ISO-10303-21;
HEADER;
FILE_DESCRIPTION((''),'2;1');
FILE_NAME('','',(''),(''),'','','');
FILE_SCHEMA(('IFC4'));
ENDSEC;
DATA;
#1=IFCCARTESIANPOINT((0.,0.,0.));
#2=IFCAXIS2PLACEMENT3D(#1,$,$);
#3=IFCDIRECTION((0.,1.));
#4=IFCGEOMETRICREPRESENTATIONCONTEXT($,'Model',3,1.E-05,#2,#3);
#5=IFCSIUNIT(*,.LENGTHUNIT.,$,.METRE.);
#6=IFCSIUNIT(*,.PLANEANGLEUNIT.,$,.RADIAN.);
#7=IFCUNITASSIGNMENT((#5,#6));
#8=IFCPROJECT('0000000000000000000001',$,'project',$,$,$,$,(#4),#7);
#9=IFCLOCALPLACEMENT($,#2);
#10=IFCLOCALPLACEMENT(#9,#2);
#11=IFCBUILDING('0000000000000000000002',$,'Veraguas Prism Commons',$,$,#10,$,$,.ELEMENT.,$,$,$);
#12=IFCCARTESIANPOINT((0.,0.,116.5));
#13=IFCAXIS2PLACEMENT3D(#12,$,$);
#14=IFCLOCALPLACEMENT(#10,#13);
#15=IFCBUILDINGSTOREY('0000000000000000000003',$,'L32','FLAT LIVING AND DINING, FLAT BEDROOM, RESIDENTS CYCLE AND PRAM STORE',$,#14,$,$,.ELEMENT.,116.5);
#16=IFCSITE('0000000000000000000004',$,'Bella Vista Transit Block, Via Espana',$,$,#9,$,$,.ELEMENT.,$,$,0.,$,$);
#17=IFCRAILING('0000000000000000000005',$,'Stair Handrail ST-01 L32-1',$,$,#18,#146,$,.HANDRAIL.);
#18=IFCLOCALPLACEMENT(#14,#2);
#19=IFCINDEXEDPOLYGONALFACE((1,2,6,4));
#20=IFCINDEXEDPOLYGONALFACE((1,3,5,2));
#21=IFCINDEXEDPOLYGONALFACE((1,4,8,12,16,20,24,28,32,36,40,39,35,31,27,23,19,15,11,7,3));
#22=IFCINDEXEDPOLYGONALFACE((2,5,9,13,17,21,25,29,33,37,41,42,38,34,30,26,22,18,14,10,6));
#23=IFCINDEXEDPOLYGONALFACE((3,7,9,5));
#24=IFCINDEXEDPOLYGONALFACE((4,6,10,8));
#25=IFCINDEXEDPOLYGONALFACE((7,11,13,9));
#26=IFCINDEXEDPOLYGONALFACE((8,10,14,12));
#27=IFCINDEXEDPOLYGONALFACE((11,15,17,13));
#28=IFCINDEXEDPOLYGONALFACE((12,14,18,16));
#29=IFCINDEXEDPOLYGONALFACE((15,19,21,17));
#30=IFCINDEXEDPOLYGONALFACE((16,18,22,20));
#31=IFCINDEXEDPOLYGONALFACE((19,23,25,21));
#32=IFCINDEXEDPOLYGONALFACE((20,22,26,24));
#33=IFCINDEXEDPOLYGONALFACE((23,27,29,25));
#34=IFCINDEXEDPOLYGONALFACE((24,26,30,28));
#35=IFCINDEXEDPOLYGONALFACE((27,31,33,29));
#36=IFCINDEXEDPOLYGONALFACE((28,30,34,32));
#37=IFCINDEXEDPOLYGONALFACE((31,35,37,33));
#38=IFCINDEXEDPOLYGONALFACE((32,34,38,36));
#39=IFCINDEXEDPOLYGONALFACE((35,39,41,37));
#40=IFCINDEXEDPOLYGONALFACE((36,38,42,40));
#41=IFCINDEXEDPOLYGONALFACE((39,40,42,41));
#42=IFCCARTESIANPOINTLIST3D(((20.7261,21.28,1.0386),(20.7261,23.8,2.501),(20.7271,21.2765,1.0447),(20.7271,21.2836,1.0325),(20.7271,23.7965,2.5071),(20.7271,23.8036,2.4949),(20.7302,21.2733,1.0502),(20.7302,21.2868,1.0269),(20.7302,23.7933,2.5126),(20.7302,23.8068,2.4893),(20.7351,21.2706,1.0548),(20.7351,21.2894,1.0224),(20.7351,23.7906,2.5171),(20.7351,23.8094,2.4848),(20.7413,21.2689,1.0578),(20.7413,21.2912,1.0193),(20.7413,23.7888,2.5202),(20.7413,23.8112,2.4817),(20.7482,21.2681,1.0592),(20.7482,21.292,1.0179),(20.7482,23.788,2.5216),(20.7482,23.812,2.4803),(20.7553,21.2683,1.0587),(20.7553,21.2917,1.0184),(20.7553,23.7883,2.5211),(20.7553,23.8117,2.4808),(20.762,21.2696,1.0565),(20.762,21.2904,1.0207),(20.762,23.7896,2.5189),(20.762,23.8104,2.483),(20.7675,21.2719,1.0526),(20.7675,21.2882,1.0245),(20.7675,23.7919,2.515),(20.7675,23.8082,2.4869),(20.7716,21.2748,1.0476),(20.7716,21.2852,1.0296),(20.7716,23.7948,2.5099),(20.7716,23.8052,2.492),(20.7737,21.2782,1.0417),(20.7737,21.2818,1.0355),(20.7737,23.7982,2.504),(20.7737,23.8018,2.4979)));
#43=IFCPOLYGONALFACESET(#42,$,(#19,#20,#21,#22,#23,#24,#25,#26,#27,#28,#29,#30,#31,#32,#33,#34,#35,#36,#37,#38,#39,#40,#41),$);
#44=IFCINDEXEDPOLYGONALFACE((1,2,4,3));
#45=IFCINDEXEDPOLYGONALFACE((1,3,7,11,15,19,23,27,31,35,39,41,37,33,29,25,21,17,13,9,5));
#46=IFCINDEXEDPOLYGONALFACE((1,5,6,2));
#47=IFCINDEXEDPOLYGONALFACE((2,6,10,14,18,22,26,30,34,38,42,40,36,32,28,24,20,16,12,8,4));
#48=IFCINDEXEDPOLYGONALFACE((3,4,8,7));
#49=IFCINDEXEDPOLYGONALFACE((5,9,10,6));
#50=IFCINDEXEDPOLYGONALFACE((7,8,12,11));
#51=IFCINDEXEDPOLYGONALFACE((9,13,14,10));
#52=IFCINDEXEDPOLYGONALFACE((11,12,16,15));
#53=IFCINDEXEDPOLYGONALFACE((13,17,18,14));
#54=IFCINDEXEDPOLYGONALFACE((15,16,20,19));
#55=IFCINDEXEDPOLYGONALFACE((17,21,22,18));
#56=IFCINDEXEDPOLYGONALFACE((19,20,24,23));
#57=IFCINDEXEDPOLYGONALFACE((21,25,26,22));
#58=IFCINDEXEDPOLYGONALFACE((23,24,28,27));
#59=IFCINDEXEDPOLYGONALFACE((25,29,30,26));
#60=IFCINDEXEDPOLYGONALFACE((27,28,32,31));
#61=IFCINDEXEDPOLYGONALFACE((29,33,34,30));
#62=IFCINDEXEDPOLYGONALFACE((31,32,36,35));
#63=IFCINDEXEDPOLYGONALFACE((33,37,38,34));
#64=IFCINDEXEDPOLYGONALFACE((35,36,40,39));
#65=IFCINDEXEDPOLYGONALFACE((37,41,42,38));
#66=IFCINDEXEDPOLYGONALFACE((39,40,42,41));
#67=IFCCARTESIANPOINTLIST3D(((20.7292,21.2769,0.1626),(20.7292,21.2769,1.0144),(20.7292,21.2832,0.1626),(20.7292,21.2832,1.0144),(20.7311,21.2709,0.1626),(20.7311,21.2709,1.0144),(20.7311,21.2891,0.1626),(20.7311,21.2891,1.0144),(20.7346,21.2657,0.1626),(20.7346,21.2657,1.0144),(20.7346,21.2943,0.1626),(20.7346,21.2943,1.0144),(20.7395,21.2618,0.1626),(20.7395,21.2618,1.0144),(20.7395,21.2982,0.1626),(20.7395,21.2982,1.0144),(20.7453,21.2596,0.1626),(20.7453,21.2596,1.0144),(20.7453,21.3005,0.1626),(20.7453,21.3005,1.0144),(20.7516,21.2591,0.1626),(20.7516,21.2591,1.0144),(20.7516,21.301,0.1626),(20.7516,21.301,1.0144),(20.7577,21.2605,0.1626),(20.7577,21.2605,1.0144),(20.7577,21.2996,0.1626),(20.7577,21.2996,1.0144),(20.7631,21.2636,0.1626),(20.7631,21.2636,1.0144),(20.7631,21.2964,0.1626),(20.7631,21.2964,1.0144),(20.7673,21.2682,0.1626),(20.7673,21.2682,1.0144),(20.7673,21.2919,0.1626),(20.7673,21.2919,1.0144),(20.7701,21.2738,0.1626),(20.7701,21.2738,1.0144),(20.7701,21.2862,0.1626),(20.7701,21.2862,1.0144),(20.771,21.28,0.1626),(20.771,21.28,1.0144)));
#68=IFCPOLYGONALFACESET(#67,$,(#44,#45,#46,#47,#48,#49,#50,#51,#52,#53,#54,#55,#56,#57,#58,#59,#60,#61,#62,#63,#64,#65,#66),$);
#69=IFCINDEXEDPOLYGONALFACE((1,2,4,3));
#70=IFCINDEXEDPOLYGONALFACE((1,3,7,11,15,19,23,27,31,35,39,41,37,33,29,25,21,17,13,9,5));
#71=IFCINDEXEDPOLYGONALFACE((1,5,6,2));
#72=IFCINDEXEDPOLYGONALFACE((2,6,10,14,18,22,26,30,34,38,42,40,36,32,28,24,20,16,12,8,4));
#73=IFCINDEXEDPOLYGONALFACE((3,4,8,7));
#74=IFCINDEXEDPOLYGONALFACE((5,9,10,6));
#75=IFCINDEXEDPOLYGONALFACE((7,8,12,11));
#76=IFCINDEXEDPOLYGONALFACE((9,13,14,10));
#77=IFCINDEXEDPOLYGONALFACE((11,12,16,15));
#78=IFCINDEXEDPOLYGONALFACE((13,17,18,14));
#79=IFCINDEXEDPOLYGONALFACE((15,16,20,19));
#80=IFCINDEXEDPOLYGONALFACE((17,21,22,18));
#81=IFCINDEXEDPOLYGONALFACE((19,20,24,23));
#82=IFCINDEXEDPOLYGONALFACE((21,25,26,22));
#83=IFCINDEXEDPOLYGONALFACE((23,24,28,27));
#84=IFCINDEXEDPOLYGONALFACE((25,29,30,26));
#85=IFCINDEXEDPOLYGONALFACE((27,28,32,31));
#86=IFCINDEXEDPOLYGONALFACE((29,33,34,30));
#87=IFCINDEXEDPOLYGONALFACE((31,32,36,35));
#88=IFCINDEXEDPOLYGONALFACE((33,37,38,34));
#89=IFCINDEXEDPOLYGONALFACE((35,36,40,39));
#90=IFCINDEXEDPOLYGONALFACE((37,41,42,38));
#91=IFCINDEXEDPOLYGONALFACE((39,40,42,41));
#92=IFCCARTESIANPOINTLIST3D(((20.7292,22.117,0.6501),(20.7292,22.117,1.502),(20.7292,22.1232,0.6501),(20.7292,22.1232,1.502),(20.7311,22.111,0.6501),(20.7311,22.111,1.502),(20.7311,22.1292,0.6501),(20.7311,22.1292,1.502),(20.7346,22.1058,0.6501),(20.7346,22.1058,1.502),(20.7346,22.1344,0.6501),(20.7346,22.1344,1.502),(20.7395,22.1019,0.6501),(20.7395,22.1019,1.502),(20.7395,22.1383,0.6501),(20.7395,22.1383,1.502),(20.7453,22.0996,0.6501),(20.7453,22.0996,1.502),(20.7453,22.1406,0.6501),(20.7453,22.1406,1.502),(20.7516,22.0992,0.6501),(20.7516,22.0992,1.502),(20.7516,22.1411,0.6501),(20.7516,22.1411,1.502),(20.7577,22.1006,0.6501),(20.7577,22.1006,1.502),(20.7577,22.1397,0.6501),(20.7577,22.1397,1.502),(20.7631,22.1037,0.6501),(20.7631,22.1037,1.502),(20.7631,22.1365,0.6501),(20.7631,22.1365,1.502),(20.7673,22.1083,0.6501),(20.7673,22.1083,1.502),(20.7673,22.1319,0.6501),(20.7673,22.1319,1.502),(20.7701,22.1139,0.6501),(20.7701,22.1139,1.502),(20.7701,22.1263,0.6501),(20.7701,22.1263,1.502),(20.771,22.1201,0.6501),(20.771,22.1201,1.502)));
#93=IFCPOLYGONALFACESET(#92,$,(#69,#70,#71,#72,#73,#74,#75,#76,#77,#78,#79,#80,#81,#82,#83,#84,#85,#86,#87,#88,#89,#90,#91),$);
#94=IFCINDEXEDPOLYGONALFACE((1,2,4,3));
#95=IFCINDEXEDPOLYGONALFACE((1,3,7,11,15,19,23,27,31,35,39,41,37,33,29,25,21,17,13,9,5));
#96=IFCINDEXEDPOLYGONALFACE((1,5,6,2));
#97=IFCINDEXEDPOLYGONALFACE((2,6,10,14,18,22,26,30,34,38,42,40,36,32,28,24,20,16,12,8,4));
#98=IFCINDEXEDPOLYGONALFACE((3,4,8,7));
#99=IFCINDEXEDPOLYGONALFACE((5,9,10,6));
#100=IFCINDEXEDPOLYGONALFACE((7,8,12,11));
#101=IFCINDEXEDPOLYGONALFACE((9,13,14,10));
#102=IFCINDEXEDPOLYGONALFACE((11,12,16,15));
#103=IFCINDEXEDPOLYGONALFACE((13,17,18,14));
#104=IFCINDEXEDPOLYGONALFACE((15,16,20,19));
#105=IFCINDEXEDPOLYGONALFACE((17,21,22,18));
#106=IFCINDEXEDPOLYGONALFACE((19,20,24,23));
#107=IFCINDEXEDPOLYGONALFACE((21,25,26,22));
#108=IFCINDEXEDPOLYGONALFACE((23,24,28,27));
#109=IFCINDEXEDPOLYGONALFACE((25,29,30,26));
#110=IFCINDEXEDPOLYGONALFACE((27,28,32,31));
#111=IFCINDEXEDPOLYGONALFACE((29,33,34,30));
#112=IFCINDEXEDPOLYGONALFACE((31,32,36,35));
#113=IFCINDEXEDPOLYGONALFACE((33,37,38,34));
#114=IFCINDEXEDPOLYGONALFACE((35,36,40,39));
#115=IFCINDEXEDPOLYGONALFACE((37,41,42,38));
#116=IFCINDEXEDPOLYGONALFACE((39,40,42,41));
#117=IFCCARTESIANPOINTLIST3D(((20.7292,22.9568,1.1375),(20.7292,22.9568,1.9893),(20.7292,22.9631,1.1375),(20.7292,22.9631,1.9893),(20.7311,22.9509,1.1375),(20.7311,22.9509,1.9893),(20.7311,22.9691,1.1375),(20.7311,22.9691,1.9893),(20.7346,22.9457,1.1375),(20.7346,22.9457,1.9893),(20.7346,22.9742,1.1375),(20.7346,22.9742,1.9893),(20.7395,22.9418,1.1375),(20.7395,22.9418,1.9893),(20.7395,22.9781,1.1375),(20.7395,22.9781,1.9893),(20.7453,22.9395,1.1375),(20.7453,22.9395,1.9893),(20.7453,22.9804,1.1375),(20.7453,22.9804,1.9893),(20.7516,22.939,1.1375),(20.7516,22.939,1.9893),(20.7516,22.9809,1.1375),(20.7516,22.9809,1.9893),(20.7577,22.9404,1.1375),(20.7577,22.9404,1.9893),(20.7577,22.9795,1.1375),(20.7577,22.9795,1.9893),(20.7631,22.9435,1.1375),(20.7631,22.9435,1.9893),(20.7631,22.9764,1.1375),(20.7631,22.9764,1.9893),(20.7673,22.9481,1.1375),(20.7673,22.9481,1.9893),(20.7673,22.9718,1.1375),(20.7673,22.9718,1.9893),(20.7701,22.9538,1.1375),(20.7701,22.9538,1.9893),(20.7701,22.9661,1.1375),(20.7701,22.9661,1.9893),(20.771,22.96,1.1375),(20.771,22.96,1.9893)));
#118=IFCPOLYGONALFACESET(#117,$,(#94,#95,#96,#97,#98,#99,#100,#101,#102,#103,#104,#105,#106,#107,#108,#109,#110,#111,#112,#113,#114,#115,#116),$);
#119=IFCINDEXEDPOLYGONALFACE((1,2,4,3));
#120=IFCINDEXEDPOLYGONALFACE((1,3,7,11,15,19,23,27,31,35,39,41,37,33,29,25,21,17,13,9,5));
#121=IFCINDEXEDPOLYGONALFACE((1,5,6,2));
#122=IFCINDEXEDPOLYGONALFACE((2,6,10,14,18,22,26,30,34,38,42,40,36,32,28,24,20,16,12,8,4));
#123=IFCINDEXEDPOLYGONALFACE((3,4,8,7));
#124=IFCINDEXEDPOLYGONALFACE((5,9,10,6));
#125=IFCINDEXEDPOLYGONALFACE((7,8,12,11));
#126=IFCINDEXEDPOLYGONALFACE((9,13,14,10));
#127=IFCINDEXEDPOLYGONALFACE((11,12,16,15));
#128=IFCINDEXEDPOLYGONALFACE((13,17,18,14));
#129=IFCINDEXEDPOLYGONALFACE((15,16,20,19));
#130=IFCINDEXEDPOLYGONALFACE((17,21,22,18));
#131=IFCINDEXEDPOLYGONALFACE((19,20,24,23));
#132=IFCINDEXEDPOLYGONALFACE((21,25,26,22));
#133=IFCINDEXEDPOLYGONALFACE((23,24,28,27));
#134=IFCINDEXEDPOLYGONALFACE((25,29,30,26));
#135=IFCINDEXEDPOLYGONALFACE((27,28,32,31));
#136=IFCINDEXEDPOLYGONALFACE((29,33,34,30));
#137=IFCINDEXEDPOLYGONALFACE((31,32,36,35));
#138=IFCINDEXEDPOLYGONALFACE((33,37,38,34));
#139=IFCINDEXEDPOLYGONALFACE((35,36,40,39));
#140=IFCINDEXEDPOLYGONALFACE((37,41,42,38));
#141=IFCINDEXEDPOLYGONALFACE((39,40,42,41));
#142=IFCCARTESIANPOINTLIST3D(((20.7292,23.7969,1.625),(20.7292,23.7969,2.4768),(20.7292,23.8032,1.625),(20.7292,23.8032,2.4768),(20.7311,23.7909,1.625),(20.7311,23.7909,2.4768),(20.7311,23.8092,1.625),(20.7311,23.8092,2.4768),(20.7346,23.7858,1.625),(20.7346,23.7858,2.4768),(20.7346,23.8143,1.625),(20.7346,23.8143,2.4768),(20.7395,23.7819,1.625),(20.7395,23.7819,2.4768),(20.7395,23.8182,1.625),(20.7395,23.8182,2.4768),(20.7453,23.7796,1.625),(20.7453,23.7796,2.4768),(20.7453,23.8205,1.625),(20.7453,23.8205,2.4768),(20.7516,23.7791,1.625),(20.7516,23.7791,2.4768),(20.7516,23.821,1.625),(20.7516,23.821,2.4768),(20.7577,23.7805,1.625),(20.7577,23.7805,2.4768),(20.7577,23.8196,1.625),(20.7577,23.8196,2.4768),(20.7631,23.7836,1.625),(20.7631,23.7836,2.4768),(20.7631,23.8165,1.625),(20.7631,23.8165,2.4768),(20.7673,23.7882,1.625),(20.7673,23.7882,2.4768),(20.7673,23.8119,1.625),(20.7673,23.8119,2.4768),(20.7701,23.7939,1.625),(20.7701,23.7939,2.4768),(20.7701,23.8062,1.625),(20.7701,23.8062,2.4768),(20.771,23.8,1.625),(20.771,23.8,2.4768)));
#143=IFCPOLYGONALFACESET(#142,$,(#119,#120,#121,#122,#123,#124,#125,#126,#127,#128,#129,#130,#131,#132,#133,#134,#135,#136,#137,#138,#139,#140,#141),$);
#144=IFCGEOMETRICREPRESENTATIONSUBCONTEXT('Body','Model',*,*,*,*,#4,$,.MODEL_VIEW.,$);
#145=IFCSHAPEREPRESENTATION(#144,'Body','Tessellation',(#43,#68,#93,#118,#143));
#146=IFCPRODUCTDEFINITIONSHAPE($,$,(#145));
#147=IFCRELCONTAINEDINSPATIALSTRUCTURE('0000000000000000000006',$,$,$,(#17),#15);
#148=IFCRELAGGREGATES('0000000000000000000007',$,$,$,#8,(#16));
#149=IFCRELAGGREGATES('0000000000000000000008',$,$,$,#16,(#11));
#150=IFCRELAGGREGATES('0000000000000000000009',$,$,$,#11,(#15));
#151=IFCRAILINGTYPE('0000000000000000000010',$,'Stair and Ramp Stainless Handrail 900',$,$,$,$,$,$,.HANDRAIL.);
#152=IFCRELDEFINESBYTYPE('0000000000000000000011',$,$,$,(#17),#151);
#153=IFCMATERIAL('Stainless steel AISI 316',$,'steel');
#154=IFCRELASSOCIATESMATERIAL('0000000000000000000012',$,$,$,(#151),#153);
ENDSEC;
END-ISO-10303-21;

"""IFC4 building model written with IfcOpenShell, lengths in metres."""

from ifc_helpers import new_model, si_unit, direction, frame, origin, origin_2d, place, context, subcontext, project, spatial, circle, extrude, material, type_object, element, save


model = new_model("IFC4")

# Units and contexts
model_context = context("Model", 3, precision=1e-05, world=origin(), true_north=direction((0.0, 1.0)))
body_context = subcontext(model_context, "Body", "Model", "MODEL_VIEW")
ifc_project = project(units=[si_unit("LENGTHUNIT", "METRE"), si_unit("PLANEANGLEUNIT", "RADIAN")], contexts=[model_context])

# Site, building, storey
site_placement = place(None, origin())
site = spatial("IfcSite", under=ifc_project, at=site_placement, Name="Bella Vista Transit Block, Via Espana", CompositionType="ELEMENT", RefElevation=0.0)
building_placement = place(site_placement, origin())
building = spatial("IfcBuilding", under=site, at=building_placement, Name="Veraguas Prism Commons", CompositionType="ELEMENT")
storey_placement = place(building_placement, frame((0.0, 0.0, 116.5)))
storey = spatial("IfcBuildingStorey", under=building, at=storey_placement, Name="L32", Description="FLAT LIVING AND DINING, FLAT BEDROOM, RESIDENTS CYCLE AND PRAM STORE", CompositionType="ELEMENT", Elevation=116.5)

# Shared definitions
ifc_material_1 = material(Name="Stainless steel AISI 316", Category="steel")

# Railing
railing_type_1 = type_object("IfcRailingType", Name="Stair and Ramp Stainless Handrail 900", PredefinedType="HANDRAIL", material=ifc_material_1)
railing_1_placement = place(storey_placement, frame((20.75, 21.28, 0.1626)))
element("IfcRailing", 1, at=railing_1_placement, inside=storey, type_object=railing_type_1, Name="Stair Handrail ST-01 L32-1", PredefinedType="HANDRAIL", context=body_context, shape_type="SweptSolid", body=[
    extrude(circle(Radius=0.0239, at=origin_2d()), frame((0.0, 0.0, 0.876), z_axis=(0.0, 0.864913, 0.501921), x_axis=(-1.0, 0.0, 0.0)), (0.0, 0.0, 1.0), 2.9136),
    extrude(circle(Radius=0.021, at=origin_2d()), origin(), (0.0, 0.0, 1.0), 0.8518),
    extrude(circle(Radius=0.021, at=origin_2d()), frame((0.0, 0.8401, 0.4875)), (0.0, 0.0, 1.0), 0.8518),
    extrude(circle(Radius=0.021, at=origin_2d()), frame((0.0, 1.6799, 0.9749)), (0.0, 0.0, 1.0), 0.8518),
    extrude(circle(Radius=0.021, at=origin_2d()), frame((0.0, 2.52, 1.4624)), (0.0, 0.0, 1.0), 0.8518),
])

save(model, "model.ifc")
